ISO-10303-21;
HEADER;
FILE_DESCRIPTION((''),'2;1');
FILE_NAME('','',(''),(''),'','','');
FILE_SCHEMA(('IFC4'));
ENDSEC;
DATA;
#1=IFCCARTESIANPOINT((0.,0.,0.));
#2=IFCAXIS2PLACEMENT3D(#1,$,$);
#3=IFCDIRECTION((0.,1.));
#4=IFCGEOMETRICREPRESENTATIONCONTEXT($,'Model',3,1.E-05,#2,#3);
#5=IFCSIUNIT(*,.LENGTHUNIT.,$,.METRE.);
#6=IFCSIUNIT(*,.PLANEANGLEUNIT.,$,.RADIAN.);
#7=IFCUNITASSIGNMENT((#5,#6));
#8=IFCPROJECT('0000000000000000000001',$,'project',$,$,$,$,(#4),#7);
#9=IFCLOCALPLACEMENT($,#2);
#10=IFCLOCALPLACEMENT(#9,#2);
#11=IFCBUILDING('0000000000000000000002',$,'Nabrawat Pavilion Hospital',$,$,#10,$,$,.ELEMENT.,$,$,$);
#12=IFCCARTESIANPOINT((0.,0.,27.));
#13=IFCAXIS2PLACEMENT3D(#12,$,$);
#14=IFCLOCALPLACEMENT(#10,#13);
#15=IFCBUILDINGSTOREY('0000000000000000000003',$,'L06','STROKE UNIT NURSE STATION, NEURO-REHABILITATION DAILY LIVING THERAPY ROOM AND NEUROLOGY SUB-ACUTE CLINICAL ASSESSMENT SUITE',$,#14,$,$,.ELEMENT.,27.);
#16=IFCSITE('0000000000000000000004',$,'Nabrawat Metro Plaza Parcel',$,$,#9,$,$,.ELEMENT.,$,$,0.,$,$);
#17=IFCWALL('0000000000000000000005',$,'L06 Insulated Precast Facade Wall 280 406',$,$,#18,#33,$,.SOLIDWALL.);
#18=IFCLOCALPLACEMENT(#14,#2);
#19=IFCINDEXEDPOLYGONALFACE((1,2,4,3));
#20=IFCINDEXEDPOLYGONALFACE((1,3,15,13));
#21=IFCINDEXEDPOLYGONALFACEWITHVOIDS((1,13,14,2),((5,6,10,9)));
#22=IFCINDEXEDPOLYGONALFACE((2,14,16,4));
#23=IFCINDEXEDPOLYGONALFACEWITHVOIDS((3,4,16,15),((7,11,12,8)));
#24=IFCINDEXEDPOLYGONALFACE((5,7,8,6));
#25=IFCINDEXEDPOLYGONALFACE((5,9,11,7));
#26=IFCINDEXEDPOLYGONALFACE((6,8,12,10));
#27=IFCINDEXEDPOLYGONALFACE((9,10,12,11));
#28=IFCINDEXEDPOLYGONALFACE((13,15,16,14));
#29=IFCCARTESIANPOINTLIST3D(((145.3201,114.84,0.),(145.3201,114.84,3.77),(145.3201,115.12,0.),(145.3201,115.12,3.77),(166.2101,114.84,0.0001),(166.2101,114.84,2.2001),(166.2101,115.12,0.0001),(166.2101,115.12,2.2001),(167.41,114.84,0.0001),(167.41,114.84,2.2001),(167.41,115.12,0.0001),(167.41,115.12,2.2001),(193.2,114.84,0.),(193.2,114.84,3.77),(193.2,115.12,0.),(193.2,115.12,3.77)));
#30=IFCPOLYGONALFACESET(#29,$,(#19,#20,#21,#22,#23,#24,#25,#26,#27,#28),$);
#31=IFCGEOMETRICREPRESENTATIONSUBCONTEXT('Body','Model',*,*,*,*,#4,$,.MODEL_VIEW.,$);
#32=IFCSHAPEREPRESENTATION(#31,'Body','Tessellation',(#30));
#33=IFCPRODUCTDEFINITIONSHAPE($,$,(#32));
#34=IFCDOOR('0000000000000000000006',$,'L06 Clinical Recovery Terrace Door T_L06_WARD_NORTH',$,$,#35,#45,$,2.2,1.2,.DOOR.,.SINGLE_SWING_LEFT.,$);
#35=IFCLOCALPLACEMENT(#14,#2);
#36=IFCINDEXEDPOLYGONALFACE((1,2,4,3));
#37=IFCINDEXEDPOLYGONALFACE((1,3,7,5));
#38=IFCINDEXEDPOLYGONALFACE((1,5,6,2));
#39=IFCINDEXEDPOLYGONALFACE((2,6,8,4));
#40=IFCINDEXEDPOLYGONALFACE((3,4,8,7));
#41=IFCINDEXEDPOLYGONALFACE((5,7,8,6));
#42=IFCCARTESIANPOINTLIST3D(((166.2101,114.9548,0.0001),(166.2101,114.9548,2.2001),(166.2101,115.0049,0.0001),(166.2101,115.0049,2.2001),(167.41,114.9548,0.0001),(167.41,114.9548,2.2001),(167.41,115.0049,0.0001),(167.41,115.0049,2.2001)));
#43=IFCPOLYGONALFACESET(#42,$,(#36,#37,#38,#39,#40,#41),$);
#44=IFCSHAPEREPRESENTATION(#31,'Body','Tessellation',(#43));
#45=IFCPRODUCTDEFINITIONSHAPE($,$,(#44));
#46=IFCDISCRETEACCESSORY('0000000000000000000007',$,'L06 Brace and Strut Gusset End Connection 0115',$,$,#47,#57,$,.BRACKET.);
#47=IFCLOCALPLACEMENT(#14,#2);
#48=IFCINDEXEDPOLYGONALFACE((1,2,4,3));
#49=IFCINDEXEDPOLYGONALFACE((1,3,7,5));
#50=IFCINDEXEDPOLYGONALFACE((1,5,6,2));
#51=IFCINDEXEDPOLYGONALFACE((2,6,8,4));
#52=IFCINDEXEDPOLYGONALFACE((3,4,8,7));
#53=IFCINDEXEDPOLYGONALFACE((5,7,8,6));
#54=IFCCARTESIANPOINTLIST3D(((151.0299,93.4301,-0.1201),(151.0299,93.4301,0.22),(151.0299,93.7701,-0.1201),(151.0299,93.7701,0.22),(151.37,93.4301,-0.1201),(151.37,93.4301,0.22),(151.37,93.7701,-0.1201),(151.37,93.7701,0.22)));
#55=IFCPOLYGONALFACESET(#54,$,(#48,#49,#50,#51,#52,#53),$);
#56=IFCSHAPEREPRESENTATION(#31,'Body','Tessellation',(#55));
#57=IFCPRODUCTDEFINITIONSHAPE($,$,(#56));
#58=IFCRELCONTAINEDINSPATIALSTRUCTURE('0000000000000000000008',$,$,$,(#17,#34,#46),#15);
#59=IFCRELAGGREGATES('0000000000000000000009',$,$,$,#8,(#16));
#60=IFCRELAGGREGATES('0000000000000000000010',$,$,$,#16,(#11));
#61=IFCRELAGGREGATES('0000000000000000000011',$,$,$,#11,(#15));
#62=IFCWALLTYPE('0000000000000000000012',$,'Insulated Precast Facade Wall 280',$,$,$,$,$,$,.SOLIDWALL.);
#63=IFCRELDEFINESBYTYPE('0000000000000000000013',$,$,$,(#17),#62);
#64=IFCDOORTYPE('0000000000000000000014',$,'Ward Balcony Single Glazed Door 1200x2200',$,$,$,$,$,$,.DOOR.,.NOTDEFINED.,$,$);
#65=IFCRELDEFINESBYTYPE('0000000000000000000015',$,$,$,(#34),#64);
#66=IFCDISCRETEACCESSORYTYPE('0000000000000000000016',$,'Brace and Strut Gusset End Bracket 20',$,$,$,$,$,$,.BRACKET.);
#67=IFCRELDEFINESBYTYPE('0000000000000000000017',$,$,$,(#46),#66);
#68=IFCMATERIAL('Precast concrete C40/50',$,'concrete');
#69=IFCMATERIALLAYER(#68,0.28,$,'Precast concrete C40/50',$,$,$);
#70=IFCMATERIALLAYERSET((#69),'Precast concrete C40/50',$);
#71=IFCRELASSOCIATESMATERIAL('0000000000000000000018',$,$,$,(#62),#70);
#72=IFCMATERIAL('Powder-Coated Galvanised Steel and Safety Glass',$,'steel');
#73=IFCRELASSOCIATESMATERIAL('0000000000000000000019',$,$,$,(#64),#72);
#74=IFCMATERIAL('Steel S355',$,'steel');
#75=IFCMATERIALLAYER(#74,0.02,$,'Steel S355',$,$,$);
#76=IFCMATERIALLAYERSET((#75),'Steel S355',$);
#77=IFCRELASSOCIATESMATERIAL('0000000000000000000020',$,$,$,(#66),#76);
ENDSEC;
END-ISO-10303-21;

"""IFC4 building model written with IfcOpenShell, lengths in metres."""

from ifc_helpers import new_model, si_unit, direction, frame, frame_2d, origin, origin_2d, place, context, subcontext, project, spatial, rectangle, extrude, material, layer, layer_set, type_object, element, fill, save


model = new_model("IFC4")

# Units and contexts
model_context = context("Model", 3, precision=1e-05, world=origin(), true_north=direction((0.0, 1.0)))
body_context = subcontext(model_context, "Body", "Model", "MODEL_VIEW")
ifc_project = project(units=[si_unit("LENGTHUNIT", "METRE"), si_unit("PLANEANGLEUNIT", "RADIAN")], contexts=[model_context])

# Site, building, storey
site_placement = place(None, origin())
site = spatial("IfcSite", under=ifc_project, at=site_placement, Name="Nabrawat Metro Plaza Parcel", CompositionType="ELEMENT", RefElevation=0.0)
building_placement = place(site_placement, origin())
building = spatial("IfcBuilding", under=site, at=building_placement, Name="Nabrawat Pavilion Hospital", CompositionType="ELEMENT")
storey_placement = place(building_placement, frame((0.0, 0.0, 27.0)))
storey = spatial("IfcBuildingStorey", under=building, at=storey_placement, Name="L06", Description="STROKE UNIT NURSE STATION, NEURO-REHABILITATION DAILY LIVING THERAPY ROOM AND NEUROLOGY SUB-ACUTE CLINICAL ASSESSMENT SUITE", CompositionType="ELEMENT", Elevation=27.0)

# Shared definitions
ifc_material_1 = material(Name="Steel S355", Category="steel")

# Wall, opening, door
ifc_material_2 = material(Name="Precast concrete C40/50", Category="concrete")
ifc_layer_1 = layer(ifc_material_2, 0.28, Name="Precast concrete C40/50")
ifc_layer_set_1 = layer_set([ifc_layer_1], Name="Precast concrete C40/50")
wall_type_1 = type_object("IfcWallType", Name="Insulated Precast Facade Wall 280", PredefinedType="SOLIDWALL", material=ifc_layer_set_1)
wall_1_placement = place(storey_placement, frame((145.3201, 114.98, 0.0), z_axis=(0.0, 0.0, 1.0), x_axis=(1.0, 0.0, 0.0)))
wall_1 = element("IfcWall", 1, at=wall_1_placement, inside=storey, type_object=wall_type_1, Name="L06 Insulated Precast Facade Wall 280 406", PredefinedType="SOLIDWALL", context=body_context, shape_type="SweptSolid", body=[
    extrude(rectangle(XDim=47.8799, YDim=0.28, at=frame_2d((23.9399, 0.0))), origin(), (0.0, 0.0, 1.0), 3.77),
])
opening_1_placement = place(wall_1_placement, frame((20.8899, 0.0, 0.0)))
opening_1 = element("IfcOpeningElement", 2, at=opening_1_placement, cuts=wall_1, PredefinedType="OPENING", context=body_context, shape_type="SweptSolid", body=[
    extrude(rectangle(XDim=1.2, YDim=2.2, at=frame_2d((0.6001, 1.1001))), frame((0.0, 0.1499, 0.0), z_axis=(0.0, -1.0, 0.0), x_axis=(1.0, 0.0, 0.0)), (0.0, 0.0, 1.0), 0.3),
])
ifc_material_3 = material(Name="Powder-Coated Galvanised Steel and Safety Glass", Category="steel")
door_type_1 = type_object("IfcDoorType", Name="Ward Balcony Single Glazed Door 1200x2200", OperationType="NOTDEFINED", PredefinedType="DOOR", material=ifc_material_3)
door_1_placement = place(opening_1_placement, origin())
door_1 = element("IfcDoor", 3, at=door_1_placement, inside=storey, type_object=door_type_1, Name="L06 Clinical Recovery Terrace Door T_L06_WARD_NORTH", OperationType="SINGLE_SWING_LEFT", OverallHeight=2.2, OverallWidth=1.2, PredefinedType="DOOR", context=body_context, shape_type="SweptSolid", body=[
    extrude(rectangle(XDim=1.2, YDim=2.2, at=frame_2d((0.6001, 1.1001))), frame((0.0, 0.0249, 0.0), z_axis=(0.0, -1.0, 0.0), x_axis=(1.0, 0.0, 0.0)), (0.0, 0.0, 1.0), 0.05),
])
fill(opening_1, door_1)

# Discrete accessory
ifc_layer_2 = layer(ifc_material_1, 0.02, Name="Steel S355")
ifc_layer_set_2 = layer_set([ifc_layer_2], Name="Steel S355")
discrete_accessory_type = type_object("IfcDiscreteAccessoryType", Name="Brace and Strut Gusset End Bracket 20", PredefinedType="BRACKET", material=ifc_layer_set_2)
discrete_accessory_placement = place(storey_placement, frame((151.2, 93.6001, -0.1201), z_axis=(0.0, 0.0, 1.0), x_axis=(1.0, 0.0, 0.0)))
element("IfcDiscreteAccessory", 4, at=discrete_accessory_placement, inside=storey, type_object=discrete_accessory_type, Name="L06 Brace and Strut Gusset End Connection 0115", PredefinedType="BRACKET", context=body_context, shape_type="SweptSolid", body=[
    extrude(rectangle(XDim=0.3401, YDim=0.3401, at=origin_2d()), origin(), (0.0, 0.0, 1.0), 0.3401),
])

save(model, "model.ifc")
